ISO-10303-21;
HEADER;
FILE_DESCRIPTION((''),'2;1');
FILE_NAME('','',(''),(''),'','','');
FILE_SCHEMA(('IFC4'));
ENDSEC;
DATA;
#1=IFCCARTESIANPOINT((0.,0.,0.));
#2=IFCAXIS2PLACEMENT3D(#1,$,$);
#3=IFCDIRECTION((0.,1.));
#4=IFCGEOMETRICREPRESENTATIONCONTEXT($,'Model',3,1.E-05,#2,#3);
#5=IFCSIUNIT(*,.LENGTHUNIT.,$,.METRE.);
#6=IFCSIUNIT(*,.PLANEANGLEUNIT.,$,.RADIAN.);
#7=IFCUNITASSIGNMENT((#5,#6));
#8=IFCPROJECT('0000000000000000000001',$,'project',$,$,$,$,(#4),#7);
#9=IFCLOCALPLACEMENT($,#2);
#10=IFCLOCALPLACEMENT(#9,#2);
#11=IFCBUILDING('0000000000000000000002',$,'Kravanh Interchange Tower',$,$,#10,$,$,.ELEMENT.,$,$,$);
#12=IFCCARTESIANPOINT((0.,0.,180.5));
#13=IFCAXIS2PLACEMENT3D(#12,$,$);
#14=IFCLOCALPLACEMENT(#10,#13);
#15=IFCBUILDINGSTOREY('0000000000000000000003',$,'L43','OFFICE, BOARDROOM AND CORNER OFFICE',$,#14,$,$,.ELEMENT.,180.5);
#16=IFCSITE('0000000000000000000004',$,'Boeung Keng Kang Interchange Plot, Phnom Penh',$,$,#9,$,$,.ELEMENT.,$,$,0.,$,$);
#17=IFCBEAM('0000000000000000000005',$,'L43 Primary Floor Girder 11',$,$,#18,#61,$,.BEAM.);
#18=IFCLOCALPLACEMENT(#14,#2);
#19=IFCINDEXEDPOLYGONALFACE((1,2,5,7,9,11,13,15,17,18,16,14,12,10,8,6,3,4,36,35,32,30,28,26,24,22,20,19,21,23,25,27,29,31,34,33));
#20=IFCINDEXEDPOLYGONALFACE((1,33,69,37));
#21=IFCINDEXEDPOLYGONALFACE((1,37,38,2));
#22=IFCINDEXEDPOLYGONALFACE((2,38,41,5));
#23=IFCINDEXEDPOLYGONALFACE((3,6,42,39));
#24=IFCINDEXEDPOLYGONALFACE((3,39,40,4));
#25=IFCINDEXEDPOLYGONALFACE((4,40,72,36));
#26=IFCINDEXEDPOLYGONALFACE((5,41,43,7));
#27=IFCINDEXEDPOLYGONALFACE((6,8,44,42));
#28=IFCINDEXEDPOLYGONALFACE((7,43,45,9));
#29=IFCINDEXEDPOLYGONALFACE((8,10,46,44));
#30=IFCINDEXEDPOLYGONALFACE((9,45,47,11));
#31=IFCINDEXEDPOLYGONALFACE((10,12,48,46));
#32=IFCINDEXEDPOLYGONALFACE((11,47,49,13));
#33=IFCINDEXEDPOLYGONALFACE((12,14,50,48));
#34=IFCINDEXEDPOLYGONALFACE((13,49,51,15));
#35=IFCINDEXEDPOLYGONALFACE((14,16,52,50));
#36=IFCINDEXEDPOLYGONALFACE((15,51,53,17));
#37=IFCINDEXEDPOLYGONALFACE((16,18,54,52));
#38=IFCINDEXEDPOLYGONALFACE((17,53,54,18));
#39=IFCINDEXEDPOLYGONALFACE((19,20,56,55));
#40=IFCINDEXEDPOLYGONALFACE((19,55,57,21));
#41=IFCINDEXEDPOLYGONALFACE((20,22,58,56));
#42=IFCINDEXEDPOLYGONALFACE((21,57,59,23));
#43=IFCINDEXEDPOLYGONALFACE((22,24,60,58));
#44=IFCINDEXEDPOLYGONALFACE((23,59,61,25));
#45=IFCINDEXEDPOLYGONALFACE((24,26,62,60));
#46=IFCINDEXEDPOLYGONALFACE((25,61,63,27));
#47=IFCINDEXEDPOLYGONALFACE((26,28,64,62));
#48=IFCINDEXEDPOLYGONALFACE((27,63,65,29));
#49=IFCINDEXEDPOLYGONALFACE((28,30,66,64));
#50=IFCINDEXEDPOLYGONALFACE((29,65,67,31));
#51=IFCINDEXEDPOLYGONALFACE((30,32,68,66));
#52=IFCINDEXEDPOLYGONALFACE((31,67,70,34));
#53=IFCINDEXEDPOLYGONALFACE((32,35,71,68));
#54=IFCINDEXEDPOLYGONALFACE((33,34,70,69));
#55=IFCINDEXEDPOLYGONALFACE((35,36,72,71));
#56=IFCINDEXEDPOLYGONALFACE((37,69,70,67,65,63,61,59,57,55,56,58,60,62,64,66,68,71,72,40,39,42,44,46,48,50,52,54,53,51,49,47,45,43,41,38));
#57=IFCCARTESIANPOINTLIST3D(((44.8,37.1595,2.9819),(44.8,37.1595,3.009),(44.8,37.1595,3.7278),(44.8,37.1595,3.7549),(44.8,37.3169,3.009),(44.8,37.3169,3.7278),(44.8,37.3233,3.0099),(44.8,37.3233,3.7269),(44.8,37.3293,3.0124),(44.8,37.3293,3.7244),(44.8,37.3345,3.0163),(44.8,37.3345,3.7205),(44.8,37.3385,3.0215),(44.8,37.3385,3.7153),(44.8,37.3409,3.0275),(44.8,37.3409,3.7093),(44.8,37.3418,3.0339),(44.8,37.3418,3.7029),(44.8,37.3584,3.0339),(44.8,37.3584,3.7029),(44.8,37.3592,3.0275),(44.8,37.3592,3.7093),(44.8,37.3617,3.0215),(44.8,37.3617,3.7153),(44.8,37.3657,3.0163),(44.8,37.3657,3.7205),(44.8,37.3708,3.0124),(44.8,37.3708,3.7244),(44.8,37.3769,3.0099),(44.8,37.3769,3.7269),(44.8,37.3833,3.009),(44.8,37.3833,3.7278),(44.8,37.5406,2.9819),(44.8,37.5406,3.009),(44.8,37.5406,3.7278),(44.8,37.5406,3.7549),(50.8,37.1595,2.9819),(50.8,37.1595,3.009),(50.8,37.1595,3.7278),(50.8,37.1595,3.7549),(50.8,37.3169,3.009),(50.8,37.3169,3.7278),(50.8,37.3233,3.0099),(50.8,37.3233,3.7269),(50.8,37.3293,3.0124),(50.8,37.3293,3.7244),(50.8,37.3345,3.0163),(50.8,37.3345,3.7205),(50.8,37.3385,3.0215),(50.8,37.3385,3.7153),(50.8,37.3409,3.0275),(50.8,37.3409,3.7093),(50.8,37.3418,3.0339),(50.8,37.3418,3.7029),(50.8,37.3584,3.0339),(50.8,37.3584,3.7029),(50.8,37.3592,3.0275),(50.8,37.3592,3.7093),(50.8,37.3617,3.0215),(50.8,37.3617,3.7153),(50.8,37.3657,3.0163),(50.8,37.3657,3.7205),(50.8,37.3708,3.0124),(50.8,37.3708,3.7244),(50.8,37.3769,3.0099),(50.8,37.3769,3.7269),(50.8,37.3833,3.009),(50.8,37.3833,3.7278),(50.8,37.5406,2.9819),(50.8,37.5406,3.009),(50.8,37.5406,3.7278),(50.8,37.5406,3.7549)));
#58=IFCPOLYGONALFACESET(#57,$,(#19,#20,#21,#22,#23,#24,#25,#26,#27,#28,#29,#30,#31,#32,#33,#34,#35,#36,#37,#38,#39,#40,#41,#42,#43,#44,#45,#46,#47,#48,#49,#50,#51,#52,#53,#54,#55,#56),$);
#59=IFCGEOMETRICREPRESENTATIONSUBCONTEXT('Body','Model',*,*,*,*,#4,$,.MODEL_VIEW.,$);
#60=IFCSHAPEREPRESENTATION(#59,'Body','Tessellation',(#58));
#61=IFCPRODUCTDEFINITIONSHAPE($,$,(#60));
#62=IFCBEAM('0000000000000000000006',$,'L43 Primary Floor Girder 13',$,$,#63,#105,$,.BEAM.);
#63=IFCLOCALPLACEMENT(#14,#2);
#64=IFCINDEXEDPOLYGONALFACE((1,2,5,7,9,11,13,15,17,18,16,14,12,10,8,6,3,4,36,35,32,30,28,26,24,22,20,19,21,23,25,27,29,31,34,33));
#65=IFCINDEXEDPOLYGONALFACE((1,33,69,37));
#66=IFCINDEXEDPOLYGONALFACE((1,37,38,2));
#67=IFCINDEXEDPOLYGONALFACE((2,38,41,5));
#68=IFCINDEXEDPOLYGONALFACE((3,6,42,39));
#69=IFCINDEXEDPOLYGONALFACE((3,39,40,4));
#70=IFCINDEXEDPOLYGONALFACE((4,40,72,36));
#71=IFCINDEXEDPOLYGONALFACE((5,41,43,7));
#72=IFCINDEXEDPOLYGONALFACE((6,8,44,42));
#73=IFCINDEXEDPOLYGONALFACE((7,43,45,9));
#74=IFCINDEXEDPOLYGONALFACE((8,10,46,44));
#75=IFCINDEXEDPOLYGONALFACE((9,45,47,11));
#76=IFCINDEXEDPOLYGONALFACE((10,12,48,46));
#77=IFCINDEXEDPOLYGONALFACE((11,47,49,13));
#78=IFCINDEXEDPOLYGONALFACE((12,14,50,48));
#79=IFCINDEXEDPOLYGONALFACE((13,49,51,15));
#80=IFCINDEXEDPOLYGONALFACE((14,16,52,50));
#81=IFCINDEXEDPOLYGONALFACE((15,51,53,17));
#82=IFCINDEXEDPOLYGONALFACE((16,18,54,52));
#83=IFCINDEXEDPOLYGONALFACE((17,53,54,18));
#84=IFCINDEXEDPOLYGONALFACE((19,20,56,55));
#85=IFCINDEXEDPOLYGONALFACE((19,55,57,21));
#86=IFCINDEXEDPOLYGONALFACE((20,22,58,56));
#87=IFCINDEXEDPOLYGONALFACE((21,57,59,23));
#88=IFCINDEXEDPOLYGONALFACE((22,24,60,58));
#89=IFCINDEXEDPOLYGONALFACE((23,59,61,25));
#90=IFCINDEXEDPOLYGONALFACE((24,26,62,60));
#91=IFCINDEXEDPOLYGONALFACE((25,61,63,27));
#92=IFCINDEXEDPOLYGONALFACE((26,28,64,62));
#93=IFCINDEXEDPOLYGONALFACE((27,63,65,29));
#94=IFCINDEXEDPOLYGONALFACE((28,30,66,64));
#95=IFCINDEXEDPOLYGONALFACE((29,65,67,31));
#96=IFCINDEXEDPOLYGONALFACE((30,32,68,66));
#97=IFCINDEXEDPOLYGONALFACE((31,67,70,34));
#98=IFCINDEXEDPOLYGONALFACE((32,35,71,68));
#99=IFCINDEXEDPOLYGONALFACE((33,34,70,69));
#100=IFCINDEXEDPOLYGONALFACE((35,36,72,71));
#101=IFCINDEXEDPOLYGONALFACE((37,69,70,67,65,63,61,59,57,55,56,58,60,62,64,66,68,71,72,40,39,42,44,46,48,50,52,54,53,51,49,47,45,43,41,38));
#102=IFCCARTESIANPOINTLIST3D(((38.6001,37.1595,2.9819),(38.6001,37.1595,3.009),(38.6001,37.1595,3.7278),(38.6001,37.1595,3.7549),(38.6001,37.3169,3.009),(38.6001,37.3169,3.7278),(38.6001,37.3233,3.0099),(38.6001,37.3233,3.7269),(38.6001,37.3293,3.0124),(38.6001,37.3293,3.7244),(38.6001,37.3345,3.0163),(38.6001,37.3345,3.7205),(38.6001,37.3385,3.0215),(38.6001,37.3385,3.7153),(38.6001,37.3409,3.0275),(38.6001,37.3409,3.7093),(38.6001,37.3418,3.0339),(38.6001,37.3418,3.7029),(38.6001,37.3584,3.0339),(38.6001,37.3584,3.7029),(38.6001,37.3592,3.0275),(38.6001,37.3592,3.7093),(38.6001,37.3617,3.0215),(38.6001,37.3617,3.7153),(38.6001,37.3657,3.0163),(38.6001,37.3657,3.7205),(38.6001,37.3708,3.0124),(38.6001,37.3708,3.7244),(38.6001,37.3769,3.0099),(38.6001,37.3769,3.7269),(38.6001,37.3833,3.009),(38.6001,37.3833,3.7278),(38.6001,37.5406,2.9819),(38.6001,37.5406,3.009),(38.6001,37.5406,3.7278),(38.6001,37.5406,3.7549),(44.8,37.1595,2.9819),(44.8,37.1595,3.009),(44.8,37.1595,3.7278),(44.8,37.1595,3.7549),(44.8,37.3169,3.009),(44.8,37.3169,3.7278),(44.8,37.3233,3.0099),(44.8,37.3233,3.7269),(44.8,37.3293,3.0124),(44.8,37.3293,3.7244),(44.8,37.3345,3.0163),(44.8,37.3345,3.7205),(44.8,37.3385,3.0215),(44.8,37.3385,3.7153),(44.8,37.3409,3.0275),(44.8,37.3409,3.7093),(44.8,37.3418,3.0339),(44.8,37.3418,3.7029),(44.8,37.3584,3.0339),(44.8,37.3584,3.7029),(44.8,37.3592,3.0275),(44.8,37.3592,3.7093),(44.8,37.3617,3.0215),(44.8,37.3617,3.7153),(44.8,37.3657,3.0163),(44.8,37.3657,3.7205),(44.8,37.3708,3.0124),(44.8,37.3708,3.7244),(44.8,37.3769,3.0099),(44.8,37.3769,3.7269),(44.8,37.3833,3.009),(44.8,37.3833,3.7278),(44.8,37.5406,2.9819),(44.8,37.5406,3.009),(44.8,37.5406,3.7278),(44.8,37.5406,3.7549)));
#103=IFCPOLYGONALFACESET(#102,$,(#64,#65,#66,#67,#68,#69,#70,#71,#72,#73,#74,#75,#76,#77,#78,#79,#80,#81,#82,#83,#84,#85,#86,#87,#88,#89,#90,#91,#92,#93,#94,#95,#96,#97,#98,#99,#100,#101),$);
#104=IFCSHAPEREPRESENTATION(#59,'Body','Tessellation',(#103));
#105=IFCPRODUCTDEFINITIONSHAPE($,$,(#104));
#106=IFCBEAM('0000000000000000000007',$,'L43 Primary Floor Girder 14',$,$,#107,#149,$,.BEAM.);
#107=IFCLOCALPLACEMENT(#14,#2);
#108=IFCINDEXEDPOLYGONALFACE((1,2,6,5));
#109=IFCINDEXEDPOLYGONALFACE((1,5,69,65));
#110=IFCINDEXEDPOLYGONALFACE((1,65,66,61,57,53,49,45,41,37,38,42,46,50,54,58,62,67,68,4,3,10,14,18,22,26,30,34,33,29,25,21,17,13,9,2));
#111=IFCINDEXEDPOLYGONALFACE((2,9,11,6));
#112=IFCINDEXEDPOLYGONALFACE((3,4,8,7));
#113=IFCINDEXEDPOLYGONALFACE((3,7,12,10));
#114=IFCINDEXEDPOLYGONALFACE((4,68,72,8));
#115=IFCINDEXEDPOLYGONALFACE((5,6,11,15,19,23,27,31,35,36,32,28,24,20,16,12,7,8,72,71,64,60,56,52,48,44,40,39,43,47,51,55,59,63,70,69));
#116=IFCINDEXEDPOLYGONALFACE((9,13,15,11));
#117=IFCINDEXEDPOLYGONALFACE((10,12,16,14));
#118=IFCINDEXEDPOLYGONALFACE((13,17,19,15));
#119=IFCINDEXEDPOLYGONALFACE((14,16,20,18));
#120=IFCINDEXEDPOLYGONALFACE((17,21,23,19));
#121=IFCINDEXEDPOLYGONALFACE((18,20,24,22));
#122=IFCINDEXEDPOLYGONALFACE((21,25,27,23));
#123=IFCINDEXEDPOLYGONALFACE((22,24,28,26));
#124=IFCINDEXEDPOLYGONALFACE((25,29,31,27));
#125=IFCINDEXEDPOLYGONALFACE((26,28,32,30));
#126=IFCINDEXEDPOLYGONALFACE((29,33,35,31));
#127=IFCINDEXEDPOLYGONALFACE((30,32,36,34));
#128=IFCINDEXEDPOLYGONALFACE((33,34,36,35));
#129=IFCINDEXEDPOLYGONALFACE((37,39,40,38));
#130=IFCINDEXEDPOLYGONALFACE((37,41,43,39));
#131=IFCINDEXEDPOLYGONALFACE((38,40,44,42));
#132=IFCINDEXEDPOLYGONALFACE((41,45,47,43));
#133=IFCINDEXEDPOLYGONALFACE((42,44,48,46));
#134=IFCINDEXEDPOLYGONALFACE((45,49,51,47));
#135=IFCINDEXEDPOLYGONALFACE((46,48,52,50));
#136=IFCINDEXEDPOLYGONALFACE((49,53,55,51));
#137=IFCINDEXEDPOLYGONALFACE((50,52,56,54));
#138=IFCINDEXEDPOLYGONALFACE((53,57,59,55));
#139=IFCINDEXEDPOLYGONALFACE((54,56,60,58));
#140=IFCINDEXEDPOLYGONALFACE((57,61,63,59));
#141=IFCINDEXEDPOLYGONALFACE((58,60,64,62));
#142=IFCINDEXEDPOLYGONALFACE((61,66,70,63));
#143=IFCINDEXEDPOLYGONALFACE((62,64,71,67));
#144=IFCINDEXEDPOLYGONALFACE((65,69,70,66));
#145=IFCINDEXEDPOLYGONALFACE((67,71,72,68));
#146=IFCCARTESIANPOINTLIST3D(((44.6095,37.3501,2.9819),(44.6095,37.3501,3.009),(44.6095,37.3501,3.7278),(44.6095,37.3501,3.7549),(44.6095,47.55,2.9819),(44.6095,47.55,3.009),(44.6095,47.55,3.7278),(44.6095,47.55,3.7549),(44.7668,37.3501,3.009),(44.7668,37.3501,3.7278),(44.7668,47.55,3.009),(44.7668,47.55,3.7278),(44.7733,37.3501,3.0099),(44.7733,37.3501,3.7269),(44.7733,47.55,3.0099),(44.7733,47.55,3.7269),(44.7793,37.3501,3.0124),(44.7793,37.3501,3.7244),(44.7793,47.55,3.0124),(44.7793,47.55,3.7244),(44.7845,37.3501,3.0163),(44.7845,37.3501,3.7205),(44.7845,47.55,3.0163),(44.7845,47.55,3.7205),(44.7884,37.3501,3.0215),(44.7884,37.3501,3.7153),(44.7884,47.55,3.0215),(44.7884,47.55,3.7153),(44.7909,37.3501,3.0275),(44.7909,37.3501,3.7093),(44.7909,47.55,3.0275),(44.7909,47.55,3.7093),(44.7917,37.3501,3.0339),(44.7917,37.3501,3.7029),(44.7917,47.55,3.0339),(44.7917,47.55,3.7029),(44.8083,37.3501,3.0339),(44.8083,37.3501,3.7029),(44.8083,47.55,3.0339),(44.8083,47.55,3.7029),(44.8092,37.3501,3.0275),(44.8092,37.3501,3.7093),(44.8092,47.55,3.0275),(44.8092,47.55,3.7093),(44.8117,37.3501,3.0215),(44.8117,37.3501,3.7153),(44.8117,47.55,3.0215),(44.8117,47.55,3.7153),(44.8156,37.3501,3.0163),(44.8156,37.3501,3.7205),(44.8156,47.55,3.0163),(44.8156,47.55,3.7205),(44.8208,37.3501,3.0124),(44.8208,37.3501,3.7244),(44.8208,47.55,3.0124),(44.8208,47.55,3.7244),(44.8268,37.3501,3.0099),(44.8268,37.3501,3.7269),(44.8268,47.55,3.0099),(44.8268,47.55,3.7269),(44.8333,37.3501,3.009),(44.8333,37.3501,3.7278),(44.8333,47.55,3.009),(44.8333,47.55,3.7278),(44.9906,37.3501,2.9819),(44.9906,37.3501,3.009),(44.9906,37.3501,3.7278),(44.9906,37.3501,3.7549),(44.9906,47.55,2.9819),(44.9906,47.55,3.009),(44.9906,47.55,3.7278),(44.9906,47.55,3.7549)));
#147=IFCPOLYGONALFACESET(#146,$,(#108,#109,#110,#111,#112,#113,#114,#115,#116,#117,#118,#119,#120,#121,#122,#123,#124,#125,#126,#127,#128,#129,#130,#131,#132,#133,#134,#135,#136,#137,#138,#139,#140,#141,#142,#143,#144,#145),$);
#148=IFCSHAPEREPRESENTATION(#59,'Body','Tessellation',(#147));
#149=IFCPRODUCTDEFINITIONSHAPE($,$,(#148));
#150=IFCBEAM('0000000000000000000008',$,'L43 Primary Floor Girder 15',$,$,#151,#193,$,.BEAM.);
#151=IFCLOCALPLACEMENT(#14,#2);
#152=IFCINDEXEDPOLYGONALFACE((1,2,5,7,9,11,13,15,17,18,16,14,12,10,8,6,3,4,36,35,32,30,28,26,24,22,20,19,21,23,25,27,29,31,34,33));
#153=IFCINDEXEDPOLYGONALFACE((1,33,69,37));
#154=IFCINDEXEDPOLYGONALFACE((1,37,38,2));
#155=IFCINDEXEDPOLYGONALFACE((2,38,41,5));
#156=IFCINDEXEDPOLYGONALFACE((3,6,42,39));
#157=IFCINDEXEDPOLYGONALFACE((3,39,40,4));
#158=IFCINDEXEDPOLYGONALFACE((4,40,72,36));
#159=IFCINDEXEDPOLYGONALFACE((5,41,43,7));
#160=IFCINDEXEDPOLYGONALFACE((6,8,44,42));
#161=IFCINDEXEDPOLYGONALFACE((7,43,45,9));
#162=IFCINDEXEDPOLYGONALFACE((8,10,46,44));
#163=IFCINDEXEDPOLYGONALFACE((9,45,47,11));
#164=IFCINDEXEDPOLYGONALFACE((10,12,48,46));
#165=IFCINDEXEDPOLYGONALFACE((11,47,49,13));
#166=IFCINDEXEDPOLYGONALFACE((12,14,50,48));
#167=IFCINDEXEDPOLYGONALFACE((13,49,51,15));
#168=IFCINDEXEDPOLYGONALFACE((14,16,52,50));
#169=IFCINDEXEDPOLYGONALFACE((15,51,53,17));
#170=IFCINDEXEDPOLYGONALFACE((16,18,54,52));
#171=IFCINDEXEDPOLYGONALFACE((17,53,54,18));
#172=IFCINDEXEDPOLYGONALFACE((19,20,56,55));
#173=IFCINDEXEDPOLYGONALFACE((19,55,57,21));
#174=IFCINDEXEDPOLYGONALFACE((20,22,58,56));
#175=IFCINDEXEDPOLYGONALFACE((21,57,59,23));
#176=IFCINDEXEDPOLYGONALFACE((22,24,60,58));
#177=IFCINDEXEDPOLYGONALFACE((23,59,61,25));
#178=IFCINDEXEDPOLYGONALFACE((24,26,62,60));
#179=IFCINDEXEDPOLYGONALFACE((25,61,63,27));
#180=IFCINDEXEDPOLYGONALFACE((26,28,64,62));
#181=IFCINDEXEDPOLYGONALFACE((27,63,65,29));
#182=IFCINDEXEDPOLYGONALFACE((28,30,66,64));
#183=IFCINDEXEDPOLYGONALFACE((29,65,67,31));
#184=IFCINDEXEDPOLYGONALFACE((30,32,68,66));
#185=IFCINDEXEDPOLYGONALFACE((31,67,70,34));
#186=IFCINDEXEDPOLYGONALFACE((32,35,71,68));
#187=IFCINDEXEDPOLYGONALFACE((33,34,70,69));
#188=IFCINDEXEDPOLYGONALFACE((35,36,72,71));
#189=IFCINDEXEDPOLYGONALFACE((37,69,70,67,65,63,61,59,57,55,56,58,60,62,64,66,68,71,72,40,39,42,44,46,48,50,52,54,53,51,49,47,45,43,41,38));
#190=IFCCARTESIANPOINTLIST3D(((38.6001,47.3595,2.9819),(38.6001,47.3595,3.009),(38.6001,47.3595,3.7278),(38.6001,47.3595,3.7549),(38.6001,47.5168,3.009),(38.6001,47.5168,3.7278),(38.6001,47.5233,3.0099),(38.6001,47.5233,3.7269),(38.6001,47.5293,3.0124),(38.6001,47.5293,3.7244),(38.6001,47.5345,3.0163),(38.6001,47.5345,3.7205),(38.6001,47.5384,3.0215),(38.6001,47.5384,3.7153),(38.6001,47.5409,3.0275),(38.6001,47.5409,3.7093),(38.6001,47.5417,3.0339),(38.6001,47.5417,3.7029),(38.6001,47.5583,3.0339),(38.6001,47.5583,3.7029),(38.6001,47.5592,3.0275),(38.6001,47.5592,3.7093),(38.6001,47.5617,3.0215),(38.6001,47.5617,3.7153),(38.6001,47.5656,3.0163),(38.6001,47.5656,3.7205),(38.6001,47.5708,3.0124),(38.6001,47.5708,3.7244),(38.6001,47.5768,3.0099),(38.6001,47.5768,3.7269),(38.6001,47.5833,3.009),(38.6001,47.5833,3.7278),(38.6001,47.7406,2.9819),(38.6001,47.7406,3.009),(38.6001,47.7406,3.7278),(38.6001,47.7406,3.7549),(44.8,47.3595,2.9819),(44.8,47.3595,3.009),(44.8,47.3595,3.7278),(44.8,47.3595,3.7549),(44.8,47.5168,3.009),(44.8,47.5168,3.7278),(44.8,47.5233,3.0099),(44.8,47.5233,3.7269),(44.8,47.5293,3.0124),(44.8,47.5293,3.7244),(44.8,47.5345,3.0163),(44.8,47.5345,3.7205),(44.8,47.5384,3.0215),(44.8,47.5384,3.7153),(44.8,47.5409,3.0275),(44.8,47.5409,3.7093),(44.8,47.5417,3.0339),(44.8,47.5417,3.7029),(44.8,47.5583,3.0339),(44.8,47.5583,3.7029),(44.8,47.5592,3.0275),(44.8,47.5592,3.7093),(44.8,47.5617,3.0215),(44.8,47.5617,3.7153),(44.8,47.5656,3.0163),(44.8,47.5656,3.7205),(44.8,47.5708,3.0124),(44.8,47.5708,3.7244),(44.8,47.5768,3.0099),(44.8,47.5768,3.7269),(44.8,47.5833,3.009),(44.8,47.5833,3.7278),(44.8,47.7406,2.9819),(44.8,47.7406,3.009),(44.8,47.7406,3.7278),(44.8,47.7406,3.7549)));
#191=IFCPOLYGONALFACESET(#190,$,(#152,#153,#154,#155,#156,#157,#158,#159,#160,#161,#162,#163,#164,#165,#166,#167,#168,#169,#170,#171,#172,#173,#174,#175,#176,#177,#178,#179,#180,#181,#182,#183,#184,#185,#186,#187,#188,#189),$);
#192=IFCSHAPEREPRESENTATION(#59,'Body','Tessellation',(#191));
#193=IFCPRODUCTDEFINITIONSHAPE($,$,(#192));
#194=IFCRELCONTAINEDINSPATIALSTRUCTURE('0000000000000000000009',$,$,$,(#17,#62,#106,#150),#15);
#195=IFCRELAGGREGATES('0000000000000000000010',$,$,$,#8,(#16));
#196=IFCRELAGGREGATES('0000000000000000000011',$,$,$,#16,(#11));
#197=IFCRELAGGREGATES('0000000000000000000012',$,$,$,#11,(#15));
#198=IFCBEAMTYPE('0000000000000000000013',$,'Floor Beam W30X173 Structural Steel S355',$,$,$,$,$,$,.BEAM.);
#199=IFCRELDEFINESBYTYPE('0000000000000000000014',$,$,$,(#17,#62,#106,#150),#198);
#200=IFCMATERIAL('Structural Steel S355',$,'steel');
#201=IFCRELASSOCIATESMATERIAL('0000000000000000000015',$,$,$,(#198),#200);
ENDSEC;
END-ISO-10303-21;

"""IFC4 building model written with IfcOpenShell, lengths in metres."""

from ifc_helpers import new_model, si_unit, direction, frame, origin, origin_2d, place, context, subcontext, project, spatial, i_section, extrude, material, material_profile, profile_set, type_object, element, save


model = new_model("IFC4")

# Units and contexts
model_context = context("Model", 3, precision=1e-05, world=origin(), true_north=direction((0.0, 1.0)))
body_context = subcontext(model_context, "Body", "Model", "MODEL_VIEW")
ifc_project = project(units=[si_unit("LENGTHUNIT", "METRE"), si_unit("PLANEANGLEUNIT", "RADIAN")], contexts=[model_context])

# Site, building, storey
site_placement = place(None, origin())
site = spatial("IfcSite", under=ifc_project, at=site_placement, Name="Boeung Keng Kang Interchange Plot, Phnom Penh", CompositionType="ELEMENT", RefElevation=0.0)
building_placement = place(site_placement, origin())
building = spatial("IfcBuilding", under=site, at=building_placement, Name="Kravanh Interchange Tower", CompositionType="ELEMENT")
storey_placement = place(building_placement, frame((0.0, 0.0, 180.5)))
storey = spatial("IfcBuildingStorey", under=building, at=storey_placement, Name="L43", Description="OFFICE, BOARDROOM AND CORNER OFFICE", CompositionType="ELEMENT", Elevation=180.5)

# Beams
ifc_material_1 = material(Name="Structural Steel S355", Category="steel")
ifc_material_profile_1 = material_profile(ifc_material_1, i_section(OverallWidth=0.3811, OverallDepth=0.7729, WebThickness=0.0166, FlangeThickness=0.0271, FilletRadius=0.0249, at=origin_2d()), Name="W30X173")
ifc_profile_set_1 = profile_set([ifc_material_profile_1], Name="Structural Steel S355")
beam_type_1 = type_object("IfcBeamType", Name="Floor Beam W30X173 Structural Steel S355", PredefinedType="BEAM", material=ifc_profile_set_1)
beam_1_placement = place(storey_placement, frame((50.8, 37.3501, 3.3684), z_axis=(-1.0, 0.0, 0.0), x_axis=(0.0, -1.0, 0.0)))
element("IfcBeam", 1, at=beam_1_placement, inside=storey, type_object=beam_type_1, Name="L43 Primary Floor Girder 11", PredefinedType="BEAM", context=body_context, shape_type="SweptSolid", body=[
    extrude(i_section(OverallWidth=0.3811, OverallDepth=0.7729, WebThickness=0.0166, FlangeThickness=0.0271, FilletRadius=0.0249, at=origin_2d()), origin(), (0.0, 0.0, 1.0), 6.0),
])
beam_2_placement = place(storey_placement, frame((44.8, 37.3501, 3.3684), z_axis=(-1.0, 0.0, 0.0), x_axis=(0.0, -1.0, 0.0)))
element("IfcBeam", 2, at=beam_2_placement, inside=storey, type_object=beam_type_1, Name="L43 Primary Floor Girder 13", PredefinedType="BEAM", context=body_context, shape_type="SweptSolid", body=[
    extrude(i_section(OverallWidth=0.3811, OverallDepth=0.7729, WebThickness=0.0166, FlangeThickness=0.0271, FilletRadius=0.0249, at=origin_2d()), origin(), (0.0, 0.0, 1.0), 6.2),
])
beam_3_placement = place(storey_placement, frame((44.8, 37.3501, 3.3684), z_axis=(0.0, 1.0, 0.0), x_axis=(-1.0, 0.0, 0.0)))
element("IfcBeam", 3, at=beam_3_placement, inside=storey, type_object=beam_type_1, Name="L43 Primary Floor Girder 14", PredefinedType="BEAM", context=body_context, shape_type="SweptSolid", body=[
    extrude(i_section(OverallWidth=0.3811, OverallDepth=0.7729, WebThickness=0.0166, FlangeThickness=0.0271, FilletRadius=0.0249, at=origin_2d()), origin(), (0.0, 0.0, 1.0), 10.2),
])
beam_4_placement = place(storey_placement, frame((44.8, 47.55, 3.3684), z_axis=(-1.0, 0.0, 0.0), x_axis=(0.0, -1.0, 0.0)))
element("IfcBeam", 4, at=beam_4_placement, inside=storey, type_object=beam_type_1, Name="L43 Primary Floor Girder 15", PredefinedType="BEAM", context=body_context, shape_type="SweptSolid", body=[
    extrude(i_section(OverallWidth=0.3811, OverallDepth=0.7729, WebThickness=0.0166, FlangeThickness=0.0271, FilletRadius=0.0249, at=origin_2d()), origin(), (0.0, 0.0, 1.0), 6.2),
])

save(model, "model.ifc")
